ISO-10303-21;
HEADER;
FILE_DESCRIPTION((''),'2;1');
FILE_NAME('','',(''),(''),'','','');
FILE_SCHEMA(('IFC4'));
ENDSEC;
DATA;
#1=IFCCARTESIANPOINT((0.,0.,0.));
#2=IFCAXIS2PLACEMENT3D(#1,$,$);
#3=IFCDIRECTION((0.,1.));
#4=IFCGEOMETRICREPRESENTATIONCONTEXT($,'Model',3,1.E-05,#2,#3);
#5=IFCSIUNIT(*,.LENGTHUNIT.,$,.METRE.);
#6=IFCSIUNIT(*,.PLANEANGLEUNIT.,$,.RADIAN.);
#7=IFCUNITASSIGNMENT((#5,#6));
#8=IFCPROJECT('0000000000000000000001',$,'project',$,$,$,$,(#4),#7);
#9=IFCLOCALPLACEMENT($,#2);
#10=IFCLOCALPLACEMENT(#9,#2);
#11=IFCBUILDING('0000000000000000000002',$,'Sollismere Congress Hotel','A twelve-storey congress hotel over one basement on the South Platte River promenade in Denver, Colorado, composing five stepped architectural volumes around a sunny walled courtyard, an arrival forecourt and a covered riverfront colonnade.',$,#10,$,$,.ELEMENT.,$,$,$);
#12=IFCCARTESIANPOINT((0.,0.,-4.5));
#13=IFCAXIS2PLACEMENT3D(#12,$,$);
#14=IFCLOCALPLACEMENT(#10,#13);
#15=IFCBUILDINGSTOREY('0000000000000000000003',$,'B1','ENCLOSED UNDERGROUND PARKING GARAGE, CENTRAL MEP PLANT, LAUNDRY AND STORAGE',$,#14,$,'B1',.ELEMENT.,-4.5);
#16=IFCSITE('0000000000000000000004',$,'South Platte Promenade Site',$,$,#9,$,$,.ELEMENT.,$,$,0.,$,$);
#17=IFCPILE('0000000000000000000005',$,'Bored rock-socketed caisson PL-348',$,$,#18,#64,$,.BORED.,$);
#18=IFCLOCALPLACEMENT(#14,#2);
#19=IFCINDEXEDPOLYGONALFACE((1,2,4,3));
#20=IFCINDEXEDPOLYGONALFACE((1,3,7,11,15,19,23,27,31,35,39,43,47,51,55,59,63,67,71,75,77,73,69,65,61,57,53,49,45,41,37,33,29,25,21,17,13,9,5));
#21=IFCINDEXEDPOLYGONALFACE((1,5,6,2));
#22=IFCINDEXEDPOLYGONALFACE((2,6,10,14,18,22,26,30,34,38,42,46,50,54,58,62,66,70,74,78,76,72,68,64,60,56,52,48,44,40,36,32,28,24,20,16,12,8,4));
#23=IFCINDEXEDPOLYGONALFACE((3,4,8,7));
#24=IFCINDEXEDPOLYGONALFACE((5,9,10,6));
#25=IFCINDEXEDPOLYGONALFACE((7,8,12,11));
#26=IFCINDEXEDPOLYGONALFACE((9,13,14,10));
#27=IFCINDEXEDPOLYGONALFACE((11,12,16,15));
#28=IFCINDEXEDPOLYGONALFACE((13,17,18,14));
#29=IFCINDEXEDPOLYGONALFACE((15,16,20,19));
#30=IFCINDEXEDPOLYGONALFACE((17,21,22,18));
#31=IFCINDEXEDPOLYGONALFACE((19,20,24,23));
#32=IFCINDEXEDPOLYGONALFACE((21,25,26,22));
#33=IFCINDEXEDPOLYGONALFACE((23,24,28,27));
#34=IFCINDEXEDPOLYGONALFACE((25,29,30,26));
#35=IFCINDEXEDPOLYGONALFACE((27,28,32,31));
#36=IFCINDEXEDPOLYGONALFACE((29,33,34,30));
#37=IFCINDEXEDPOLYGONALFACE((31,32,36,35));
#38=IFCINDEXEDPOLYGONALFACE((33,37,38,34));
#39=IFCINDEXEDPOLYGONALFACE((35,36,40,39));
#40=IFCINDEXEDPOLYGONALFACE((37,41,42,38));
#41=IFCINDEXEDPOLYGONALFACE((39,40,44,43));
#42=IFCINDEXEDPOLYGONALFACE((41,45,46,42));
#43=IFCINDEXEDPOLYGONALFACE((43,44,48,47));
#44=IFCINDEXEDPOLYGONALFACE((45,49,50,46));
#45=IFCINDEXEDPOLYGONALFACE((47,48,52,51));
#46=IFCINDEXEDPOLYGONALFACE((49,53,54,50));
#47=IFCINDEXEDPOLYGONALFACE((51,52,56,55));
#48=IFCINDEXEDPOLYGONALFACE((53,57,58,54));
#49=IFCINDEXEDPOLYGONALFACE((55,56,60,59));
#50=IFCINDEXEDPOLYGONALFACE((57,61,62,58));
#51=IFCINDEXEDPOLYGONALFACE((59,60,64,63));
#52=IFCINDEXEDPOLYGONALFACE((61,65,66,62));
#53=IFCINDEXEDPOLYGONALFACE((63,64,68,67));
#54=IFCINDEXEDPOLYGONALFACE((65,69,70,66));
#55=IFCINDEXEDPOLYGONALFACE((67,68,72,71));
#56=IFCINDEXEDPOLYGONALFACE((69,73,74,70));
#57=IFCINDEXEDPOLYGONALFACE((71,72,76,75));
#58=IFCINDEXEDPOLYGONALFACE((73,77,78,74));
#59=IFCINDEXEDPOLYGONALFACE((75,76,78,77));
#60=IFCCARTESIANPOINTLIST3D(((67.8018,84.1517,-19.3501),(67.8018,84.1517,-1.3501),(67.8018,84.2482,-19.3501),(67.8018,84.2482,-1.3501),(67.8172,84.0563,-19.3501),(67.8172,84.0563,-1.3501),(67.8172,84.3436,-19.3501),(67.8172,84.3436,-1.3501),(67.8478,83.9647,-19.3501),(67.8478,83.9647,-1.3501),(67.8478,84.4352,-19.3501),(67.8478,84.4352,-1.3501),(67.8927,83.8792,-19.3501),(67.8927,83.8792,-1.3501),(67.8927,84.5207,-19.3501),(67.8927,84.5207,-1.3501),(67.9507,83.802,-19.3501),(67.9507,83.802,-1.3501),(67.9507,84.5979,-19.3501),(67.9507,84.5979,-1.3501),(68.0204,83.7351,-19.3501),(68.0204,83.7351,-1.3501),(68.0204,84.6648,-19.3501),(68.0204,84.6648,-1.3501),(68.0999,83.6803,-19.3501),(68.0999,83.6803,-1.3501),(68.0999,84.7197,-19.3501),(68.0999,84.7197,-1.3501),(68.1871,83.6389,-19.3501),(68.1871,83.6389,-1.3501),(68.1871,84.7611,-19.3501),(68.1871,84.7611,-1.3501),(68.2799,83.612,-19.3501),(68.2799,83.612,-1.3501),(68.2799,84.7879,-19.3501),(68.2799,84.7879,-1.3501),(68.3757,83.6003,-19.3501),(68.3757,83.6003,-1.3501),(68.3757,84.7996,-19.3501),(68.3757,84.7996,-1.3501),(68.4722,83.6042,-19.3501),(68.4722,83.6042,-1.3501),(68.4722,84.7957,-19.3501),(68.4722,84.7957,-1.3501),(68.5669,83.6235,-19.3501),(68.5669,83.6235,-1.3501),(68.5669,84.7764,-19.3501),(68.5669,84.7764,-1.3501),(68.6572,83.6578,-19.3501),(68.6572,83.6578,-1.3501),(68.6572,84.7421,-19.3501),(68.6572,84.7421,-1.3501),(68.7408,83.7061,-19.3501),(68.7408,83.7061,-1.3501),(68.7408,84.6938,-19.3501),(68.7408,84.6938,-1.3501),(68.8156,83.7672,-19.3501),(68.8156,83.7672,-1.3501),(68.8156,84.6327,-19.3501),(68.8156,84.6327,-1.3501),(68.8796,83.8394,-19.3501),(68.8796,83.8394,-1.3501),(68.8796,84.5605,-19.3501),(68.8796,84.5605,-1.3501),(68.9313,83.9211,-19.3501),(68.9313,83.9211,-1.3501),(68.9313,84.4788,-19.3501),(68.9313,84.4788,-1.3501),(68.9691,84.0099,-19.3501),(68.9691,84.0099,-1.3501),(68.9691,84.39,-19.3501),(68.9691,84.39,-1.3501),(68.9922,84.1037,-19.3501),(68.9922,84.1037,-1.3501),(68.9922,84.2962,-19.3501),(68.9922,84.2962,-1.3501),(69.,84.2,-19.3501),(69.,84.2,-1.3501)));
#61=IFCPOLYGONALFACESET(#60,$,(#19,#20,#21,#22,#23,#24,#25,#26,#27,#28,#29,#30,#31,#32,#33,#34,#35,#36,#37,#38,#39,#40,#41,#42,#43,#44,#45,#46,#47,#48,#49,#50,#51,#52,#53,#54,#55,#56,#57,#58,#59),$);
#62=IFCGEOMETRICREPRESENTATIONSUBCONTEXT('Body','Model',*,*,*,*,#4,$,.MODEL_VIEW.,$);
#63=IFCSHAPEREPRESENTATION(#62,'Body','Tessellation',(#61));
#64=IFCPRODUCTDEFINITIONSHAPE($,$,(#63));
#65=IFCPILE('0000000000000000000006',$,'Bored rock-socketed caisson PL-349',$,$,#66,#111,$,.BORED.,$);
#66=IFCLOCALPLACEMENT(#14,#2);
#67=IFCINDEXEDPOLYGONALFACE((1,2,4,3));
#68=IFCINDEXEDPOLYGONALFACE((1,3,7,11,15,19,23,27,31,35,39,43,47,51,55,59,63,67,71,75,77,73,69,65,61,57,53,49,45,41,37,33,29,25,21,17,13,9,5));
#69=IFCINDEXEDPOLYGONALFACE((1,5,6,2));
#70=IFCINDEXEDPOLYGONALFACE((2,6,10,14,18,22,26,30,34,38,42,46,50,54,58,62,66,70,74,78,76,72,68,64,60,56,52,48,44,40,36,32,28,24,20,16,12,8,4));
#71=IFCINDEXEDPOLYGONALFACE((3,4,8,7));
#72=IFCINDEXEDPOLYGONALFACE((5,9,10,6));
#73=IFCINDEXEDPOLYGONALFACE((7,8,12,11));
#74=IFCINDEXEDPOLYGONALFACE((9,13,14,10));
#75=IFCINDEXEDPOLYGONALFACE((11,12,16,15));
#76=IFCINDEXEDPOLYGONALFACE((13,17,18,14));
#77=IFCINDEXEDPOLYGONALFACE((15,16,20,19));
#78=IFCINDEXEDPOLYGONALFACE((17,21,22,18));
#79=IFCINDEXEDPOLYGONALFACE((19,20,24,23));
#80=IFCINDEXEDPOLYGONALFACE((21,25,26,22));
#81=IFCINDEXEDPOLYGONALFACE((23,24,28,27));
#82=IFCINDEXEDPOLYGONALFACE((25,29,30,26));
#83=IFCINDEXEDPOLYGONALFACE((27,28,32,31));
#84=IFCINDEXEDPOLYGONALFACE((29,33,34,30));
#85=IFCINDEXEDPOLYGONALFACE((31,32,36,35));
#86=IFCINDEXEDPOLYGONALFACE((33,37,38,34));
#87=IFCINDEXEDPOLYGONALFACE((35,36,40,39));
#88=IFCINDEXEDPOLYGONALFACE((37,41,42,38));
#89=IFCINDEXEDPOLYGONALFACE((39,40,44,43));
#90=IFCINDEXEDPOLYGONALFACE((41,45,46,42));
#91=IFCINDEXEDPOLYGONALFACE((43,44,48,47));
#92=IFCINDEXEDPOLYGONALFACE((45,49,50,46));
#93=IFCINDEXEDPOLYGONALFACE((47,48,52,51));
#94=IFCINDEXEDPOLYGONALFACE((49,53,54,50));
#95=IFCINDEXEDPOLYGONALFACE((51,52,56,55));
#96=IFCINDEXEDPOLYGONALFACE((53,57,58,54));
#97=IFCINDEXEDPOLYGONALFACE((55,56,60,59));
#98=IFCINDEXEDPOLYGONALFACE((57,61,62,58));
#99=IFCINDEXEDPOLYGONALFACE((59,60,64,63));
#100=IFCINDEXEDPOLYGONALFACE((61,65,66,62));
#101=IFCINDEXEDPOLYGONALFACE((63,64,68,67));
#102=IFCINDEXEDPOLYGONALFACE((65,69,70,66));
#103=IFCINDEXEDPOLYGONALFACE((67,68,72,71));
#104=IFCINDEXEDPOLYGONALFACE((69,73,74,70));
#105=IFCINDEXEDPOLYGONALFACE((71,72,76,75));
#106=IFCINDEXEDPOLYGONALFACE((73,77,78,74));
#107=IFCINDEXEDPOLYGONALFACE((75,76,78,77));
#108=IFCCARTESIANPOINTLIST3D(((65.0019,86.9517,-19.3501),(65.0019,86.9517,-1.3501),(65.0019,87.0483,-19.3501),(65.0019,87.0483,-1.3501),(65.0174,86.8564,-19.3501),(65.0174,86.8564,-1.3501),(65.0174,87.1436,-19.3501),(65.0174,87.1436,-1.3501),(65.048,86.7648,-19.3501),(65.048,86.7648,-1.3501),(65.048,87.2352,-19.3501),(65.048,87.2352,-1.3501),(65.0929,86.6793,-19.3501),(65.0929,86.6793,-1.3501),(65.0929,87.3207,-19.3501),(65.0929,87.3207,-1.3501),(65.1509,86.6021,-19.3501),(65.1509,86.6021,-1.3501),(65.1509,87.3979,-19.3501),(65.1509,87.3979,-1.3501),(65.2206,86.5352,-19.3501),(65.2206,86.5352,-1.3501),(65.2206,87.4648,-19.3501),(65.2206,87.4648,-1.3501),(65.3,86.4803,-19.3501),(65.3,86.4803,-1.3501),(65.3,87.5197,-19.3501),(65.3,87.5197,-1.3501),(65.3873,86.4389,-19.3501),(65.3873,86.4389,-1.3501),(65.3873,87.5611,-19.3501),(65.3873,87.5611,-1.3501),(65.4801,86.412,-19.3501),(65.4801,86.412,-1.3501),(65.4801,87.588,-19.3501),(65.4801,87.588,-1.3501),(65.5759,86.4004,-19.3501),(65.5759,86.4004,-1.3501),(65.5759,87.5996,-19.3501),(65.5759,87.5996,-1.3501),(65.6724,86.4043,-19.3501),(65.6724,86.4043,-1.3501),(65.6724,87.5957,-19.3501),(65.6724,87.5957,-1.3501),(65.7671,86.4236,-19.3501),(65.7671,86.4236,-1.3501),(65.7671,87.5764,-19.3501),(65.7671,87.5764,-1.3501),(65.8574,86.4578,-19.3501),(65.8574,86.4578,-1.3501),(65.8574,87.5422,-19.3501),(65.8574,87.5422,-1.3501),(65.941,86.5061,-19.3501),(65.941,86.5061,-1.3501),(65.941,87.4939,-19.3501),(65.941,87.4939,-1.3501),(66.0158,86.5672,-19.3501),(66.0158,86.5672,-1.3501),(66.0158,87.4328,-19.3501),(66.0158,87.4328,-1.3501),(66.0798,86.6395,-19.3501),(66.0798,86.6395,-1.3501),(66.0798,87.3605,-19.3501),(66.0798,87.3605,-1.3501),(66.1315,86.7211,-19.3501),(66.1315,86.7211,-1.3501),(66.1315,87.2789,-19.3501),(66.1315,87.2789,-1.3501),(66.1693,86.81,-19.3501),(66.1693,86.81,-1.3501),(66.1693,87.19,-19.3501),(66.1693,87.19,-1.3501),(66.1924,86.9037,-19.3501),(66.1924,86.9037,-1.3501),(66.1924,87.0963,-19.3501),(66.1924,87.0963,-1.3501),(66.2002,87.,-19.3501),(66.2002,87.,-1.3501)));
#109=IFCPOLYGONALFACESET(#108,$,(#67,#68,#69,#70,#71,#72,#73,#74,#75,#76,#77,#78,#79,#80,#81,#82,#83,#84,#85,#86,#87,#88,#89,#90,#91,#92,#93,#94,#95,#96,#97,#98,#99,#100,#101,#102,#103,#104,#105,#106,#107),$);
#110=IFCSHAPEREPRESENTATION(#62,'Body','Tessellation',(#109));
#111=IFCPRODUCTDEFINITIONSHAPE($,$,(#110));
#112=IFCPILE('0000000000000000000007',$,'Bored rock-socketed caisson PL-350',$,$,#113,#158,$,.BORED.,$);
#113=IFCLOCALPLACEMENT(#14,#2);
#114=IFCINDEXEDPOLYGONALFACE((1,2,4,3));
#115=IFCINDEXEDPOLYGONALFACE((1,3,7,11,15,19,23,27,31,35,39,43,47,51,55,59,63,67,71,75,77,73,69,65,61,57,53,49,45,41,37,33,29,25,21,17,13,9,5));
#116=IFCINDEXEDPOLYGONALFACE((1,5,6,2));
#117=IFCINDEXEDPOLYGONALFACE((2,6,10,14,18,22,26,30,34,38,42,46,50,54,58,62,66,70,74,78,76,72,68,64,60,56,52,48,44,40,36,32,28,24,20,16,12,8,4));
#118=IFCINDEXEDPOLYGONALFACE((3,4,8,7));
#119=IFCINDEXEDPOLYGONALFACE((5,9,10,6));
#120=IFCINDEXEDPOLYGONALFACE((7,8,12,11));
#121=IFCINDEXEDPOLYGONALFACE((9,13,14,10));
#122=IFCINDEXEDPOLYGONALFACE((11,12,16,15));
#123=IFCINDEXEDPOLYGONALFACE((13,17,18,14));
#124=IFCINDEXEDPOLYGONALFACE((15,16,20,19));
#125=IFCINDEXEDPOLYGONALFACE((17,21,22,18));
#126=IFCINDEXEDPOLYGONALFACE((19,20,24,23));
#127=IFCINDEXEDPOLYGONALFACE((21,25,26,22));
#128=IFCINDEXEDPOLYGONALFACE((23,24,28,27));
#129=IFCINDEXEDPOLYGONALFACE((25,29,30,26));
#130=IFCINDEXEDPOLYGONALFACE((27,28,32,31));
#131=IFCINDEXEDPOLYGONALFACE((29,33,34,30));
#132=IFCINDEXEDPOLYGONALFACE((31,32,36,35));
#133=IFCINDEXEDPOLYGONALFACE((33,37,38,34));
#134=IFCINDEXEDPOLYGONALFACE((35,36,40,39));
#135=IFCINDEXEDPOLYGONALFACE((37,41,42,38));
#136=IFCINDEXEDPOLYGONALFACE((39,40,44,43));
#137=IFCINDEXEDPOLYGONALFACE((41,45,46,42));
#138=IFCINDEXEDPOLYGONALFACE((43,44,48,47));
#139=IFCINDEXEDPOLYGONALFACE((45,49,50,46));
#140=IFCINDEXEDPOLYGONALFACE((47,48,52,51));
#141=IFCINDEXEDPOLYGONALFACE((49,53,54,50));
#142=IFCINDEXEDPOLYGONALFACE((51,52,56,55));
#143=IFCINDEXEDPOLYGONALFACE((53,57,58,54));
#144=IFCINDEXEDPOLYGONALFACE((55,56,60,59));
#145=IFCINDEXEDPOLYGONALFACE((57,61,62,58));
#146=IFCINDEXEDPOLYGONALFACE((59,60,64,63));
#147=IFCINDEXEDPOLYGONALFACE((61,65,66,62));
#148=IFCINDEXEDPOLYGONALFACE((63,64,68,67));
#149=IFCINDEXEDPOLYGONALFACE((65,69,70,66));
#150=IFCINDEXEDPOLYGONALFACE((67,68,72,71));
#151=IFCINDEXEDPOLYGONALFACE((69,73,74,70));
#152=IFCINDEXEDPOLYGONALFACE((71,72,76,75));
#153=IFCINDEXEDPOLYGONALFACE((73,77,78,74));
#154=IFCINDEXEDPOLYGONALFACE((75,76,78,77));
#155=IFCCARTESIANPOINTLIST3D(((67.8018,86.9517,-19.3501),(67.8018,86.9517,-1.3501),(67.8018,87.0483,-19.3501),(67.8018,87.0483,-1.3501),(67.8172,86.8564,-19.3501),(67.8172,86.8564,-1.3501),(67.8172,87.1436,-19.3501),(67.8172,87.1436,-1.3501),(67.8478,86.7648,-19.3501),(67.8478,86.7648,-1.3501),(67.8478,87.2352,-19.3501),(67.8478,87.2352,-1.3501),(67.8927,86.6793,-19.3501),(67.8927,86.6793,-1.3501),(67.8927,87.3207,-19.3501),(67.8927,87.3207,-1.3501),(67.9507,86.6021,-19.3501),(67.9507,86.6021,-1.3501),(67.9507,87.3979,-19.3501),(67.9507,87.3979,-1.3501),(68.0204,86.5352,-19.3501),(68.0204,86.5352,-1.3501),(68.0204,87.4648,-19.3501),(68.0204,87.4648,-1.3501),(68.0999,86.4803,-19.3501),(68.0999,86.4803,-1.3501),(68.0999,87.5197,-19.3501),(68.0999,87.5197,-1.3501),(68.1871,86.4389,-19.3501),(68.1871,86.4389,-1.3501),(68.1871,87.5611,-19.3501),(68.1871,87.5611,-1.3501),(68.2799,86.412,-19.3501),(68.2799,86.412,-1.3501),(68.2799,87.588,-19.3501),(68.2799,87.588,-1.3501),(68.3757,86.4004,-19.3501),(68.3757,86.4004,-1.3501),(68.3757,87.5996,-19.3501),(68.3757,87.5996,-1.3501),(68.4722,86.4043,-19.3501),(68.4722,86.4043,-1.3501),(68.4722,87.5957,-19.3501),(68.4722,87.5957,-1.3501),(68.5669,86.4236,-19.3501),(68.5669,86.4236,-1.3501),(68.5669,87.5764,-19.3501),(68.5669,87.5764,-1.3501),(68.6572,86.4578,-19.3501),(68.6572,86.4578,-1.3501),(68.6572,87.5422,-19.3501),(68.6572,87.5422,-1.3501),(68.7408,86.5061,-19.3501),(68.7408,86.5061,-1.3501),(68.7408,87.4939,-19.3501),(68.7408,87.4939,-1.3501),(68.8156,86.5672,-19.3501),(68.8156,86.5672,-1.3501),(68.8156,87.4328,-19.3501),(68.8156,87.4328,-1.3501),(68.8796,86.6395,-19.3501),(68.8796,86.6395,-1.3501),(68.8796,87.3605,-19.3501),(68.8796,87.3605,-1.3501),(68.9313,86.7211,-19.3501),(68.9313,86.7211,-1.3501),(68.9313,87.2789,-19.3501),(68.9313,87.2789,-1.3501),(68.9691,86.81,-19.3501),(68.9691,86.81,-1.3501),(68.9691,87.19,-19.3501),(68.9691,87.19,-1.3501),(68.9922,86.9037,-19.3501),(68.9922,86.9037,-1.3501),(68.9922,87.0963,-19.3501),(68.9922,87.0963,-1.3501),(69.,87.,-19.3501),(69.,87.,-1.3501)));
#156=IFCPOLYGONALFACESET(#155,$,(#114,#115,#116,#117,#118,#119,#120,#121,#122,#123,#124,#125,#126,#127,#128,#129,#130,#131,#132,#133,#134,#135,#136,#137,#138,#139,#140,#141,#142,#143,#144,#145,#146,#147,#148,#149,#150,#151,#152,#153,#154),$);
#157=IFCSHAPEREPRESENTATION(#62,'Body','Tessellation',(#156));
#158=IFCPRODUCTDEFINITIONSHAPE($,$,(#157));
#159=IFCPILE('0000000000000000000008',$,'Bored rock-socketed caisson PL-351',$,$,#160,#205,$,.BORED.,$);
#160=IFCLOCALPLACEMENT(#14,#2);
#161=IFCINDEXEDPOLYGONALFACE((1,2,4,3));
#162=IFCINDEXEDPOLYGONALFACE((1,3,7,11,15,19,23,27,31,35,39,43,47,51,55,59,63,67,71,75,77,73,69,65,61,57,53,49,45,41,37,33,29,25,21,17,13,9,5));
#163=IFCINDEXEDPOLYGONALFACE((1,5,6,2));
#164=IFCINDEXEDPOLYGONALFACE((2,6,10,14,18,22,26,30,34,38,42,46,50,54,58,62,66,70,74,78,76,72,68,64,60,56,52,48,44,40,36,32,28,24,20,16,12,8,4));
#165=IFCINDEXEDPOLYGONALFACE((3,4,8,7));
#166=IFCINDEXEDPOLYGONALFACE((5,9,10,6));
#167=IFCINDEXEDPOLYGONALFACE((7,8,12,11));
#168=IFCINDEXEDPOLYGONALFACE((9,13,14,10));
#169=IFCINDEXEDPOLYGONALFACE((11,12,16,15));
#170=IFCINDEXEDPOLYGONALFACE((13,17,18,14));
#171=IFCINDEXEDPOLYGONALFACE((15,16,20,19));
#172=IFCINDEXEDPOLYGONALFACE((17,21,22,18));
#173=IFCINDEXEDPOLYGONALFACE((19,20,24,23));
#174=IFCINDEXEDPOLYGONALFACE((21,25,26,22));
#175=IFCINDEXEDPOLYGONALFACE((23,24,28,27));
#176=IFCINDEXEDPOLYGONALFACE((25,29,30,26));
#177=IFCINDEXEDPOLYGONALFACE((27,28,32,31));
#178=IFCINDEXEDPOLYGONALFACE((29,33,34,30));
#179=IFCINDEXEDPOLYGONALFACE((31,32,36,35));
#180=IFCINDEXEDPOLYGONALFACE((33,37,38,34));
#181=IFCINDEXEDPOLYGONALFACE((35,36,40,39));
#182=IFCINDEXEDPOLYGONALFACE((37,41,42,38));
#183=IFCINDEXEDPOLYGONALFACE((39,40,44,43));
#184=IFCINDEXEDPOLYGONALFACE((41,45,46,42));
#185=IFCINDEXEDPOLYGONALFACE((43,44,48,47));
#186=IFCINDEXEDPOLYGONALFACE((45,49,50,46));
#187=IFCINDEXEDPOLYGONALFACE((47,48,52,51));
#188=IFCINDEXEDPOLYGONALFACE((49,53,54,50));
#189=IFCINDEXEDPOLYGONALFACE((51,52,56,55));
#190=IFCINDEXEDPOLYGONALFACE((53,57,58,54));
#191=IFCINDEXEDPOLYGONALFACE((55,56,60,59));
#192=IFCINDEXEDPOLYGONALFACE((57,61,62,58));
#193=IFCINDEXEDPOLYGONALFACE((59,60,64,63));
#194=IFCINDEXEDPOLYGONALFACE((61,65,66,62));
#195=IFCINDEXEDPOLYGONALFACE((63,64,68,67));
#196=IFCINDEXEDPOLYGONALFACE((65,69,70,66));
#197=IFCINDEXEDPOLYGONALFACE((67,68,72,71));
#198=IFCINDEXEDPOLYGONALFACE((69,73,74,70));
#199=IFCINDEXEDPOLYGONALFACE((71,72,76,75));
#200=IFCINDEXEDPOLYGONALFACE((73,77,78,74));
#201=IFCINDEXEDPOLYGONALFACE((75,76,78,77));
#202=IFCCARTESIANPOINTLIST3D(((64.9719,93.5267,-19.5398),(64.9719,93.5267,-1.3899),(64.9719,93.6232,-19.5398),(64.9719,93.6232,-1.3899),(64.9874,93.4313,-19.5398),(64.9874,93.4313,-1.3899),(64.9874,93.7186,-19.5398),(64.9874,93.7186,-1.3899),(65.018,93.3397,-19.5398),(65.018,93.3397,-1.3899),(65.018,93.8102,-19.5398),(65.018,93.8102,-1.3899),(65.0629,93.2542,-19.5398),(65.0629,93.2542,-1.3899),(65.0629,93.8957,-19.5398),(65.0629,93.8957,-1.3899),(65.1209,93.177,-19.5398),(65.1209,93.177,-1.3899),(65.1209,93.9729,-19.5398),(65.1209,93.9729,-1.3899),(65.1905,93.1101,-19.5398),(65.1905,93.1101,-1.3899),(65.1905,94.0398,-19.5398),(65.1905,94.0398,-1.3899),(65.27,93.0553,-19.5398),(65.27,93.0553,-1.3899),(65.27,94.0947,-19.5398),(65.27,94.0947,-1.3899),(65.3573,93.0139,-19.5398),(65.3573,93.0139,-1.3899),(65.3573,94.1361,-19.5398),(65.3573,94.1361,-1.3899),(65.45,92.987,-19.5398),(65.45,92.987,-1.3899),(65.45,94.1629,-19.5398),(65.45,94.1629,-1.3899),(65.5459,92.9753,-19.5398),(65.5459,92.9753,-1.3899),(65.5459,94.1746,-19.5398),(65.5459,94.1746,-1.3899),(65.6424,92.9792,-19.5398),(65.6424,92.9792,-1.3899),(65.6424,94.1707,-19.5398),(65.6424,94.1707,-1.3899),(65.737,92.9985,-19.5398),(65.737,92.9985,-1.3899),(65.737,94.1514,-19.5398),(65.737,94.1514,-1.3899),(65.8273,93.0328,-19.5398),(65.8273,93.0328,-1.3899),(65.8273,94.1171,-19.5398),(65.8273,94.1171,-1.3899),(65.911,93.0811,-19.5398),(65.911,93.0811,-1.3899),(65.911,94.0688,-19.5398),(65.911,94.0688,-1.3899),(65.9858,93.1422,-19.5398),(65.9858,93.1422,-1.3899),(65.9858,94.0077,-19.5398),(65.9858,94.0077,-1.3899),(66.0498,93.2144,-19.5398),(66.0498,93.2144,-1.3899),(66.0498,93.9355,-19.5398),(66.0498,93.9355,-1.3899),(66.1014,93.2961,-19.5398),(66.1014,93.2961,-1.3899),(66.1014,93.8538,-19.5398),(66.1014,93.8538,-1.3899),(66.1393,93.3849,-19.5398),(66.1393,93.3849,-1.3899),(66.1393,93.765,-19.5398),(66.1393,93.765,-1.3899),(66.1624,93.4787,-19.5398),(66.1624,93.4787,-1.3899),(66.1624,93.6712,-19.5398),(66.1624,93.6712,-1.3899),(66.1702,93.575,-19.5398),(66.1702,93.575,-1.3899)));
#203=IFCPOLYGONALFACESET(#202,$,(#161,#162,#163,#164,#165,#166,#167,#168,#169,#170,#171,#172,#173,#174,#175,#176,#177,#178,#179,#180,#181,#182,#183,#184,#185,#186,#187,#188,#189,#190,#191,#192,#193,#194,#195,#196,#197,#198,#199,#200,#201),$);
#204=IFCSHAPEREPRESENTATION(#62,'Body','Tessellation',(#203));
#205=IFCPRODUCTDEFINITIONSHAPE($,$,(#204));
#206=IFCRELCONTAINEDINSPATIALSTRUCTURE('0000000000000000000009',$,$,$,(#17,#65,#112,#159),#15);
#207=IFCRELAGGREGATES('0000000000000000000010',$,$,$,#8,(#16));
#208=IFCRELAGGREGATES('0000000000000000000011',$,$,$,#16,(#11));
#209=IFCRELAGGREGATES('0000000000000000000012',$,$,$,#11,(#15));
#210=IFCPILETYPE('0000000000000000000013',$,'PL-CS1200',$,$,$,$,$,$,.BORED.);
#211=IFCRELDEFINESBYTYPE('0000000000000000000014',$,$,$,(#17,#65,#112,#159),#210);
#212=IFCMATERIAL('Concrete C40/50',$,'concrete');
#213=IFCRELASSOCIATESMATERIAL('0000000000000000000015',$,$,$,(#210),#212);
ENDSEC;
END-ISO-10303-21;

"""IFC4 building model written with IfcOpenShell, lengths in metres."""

from ifc_helpers import new_model, si_unit, direction, frame, origin, origin_2d, place, context, subcontext, project, spatial, circle, extrude, material, material_profile, profile_set, type_object, element, save


model = new_model("IFC4")

# Units and contexts
model_context = context("Model", 3, precision=1e-05, world=origin(), true_north=direction((0.0, 1.0)))
body_context = subcontext(model_context, "Body", "Model", "MODEL_VIEW")
ifc_project = project(units=[si_unit("LENGTHUNIT", "METRE"), si_unit("PLANEANGLEUNIT", "RADIAN")], contexts=[model_context])

# Site, building, storey
site_placement = place(None, origin())
site = spatial("IfcSite", under=ifc_project, at=site_placement, Name="South Platte Promenade Site", CompositionType="ELEMENT", RefElevation=0.0)
building_placement = place(site_placement, origin())
building = spatial("IfcBuilding", under=site, at=building_placement, Name="Sollismere Congress Hotel", Description="A twelve-storey congress hotel over one basement on the South Platte River promenade in Denver, Colorado, composing five stepped architectural volumes around a sunny walled courtyard, an arrival forecourt and a covered riverfront colonnade.", CompositionType="ELEMENT")
storey_placement = place(building_placement, frame((0.0, 0.0, -4.5)))
storey = spatial("IfcBuildingStorey", under=building, at=storey_placement, Name="B1", Description="ENCLOSED UNDERGROUND PARKING GARAGE, CENTRAL MEP PLANT, LAUNDRY AND STORAGE", LongName="B1", CompositionType="ELEMENT", Elevation=-4.5)

# Shared definitions
ifc_material_1 = material(Name="Concrete C40/50", Category="concrete")

# Piles
ifc_material_profile_1 = material_profile(ifc_material_1, circle(Radius=0.6001, at=origin_2d()), Name="CAISSON1200")
ifc_profile_set_1 = profile_set([ifc_material_profile_1], Name="Concrete C40/50")
pile_type = type_object("IfcPileType", Name="PL-CS1200", PredefinedType="BORED", material=ifc_profile_set_1)
for number, where, z_axis, x_axis, name in (
    (1, (68.3999, 84.2, -1.3501), (0.0, 0.0, -1.0), (1.0, 0.0, 0.0), "Bored rock-socketed caisson PL-348"),
    (2, (65.6001, 87.0, -1.3501), (0.0, 0.0, -1.0), (1.0, 0.0, 0.0), "Bored rock-socketed caisson PL-349"),
    (3, (68.3999, 87.0, -1.3501), (0.0, 0.0, -1.0), (1.0, 0.0, 0.0), "Bored rock-socketed caisson PL-350"),
):
    element("IfcPile", number, at=place(storey_placement, frame(where, z_axis=z_axis, x_axis=x_axis)), inside=storey, type_object=pile_type, Name=name, PredefinedType="BORED", context=body_context, shape_type="SweptSolid", body=[
        extrude(circle(Radius=0.6001, at=origin_2d()), origin(), (0.0, 0.0, 1.0), 18.0),
    ])
for number, where, z_axis, x_axis, name in (
    (4, (65.5701, 93.575, -1.3899), (0.0, 0.0, -1.0), (1.0, 0.0, 0.0), "Bored rock-socketed caisson PL-351"),
):
    element("IfcPile", number, at=place(storey_placement, frame(where, z_axis=z_axis, x_axis=x_axis)), inside=storey, type_object=pile_type, Name=name, PredefinedType="BORED", context=body_context, shape_type="SweptSolid", body=[
        extrude(circle(Radius=0.6001, at=origin_2d()), origin(), (0.0, 0.0, 1.0), 18.1499),
    ])

save(model, "model.ifc")
